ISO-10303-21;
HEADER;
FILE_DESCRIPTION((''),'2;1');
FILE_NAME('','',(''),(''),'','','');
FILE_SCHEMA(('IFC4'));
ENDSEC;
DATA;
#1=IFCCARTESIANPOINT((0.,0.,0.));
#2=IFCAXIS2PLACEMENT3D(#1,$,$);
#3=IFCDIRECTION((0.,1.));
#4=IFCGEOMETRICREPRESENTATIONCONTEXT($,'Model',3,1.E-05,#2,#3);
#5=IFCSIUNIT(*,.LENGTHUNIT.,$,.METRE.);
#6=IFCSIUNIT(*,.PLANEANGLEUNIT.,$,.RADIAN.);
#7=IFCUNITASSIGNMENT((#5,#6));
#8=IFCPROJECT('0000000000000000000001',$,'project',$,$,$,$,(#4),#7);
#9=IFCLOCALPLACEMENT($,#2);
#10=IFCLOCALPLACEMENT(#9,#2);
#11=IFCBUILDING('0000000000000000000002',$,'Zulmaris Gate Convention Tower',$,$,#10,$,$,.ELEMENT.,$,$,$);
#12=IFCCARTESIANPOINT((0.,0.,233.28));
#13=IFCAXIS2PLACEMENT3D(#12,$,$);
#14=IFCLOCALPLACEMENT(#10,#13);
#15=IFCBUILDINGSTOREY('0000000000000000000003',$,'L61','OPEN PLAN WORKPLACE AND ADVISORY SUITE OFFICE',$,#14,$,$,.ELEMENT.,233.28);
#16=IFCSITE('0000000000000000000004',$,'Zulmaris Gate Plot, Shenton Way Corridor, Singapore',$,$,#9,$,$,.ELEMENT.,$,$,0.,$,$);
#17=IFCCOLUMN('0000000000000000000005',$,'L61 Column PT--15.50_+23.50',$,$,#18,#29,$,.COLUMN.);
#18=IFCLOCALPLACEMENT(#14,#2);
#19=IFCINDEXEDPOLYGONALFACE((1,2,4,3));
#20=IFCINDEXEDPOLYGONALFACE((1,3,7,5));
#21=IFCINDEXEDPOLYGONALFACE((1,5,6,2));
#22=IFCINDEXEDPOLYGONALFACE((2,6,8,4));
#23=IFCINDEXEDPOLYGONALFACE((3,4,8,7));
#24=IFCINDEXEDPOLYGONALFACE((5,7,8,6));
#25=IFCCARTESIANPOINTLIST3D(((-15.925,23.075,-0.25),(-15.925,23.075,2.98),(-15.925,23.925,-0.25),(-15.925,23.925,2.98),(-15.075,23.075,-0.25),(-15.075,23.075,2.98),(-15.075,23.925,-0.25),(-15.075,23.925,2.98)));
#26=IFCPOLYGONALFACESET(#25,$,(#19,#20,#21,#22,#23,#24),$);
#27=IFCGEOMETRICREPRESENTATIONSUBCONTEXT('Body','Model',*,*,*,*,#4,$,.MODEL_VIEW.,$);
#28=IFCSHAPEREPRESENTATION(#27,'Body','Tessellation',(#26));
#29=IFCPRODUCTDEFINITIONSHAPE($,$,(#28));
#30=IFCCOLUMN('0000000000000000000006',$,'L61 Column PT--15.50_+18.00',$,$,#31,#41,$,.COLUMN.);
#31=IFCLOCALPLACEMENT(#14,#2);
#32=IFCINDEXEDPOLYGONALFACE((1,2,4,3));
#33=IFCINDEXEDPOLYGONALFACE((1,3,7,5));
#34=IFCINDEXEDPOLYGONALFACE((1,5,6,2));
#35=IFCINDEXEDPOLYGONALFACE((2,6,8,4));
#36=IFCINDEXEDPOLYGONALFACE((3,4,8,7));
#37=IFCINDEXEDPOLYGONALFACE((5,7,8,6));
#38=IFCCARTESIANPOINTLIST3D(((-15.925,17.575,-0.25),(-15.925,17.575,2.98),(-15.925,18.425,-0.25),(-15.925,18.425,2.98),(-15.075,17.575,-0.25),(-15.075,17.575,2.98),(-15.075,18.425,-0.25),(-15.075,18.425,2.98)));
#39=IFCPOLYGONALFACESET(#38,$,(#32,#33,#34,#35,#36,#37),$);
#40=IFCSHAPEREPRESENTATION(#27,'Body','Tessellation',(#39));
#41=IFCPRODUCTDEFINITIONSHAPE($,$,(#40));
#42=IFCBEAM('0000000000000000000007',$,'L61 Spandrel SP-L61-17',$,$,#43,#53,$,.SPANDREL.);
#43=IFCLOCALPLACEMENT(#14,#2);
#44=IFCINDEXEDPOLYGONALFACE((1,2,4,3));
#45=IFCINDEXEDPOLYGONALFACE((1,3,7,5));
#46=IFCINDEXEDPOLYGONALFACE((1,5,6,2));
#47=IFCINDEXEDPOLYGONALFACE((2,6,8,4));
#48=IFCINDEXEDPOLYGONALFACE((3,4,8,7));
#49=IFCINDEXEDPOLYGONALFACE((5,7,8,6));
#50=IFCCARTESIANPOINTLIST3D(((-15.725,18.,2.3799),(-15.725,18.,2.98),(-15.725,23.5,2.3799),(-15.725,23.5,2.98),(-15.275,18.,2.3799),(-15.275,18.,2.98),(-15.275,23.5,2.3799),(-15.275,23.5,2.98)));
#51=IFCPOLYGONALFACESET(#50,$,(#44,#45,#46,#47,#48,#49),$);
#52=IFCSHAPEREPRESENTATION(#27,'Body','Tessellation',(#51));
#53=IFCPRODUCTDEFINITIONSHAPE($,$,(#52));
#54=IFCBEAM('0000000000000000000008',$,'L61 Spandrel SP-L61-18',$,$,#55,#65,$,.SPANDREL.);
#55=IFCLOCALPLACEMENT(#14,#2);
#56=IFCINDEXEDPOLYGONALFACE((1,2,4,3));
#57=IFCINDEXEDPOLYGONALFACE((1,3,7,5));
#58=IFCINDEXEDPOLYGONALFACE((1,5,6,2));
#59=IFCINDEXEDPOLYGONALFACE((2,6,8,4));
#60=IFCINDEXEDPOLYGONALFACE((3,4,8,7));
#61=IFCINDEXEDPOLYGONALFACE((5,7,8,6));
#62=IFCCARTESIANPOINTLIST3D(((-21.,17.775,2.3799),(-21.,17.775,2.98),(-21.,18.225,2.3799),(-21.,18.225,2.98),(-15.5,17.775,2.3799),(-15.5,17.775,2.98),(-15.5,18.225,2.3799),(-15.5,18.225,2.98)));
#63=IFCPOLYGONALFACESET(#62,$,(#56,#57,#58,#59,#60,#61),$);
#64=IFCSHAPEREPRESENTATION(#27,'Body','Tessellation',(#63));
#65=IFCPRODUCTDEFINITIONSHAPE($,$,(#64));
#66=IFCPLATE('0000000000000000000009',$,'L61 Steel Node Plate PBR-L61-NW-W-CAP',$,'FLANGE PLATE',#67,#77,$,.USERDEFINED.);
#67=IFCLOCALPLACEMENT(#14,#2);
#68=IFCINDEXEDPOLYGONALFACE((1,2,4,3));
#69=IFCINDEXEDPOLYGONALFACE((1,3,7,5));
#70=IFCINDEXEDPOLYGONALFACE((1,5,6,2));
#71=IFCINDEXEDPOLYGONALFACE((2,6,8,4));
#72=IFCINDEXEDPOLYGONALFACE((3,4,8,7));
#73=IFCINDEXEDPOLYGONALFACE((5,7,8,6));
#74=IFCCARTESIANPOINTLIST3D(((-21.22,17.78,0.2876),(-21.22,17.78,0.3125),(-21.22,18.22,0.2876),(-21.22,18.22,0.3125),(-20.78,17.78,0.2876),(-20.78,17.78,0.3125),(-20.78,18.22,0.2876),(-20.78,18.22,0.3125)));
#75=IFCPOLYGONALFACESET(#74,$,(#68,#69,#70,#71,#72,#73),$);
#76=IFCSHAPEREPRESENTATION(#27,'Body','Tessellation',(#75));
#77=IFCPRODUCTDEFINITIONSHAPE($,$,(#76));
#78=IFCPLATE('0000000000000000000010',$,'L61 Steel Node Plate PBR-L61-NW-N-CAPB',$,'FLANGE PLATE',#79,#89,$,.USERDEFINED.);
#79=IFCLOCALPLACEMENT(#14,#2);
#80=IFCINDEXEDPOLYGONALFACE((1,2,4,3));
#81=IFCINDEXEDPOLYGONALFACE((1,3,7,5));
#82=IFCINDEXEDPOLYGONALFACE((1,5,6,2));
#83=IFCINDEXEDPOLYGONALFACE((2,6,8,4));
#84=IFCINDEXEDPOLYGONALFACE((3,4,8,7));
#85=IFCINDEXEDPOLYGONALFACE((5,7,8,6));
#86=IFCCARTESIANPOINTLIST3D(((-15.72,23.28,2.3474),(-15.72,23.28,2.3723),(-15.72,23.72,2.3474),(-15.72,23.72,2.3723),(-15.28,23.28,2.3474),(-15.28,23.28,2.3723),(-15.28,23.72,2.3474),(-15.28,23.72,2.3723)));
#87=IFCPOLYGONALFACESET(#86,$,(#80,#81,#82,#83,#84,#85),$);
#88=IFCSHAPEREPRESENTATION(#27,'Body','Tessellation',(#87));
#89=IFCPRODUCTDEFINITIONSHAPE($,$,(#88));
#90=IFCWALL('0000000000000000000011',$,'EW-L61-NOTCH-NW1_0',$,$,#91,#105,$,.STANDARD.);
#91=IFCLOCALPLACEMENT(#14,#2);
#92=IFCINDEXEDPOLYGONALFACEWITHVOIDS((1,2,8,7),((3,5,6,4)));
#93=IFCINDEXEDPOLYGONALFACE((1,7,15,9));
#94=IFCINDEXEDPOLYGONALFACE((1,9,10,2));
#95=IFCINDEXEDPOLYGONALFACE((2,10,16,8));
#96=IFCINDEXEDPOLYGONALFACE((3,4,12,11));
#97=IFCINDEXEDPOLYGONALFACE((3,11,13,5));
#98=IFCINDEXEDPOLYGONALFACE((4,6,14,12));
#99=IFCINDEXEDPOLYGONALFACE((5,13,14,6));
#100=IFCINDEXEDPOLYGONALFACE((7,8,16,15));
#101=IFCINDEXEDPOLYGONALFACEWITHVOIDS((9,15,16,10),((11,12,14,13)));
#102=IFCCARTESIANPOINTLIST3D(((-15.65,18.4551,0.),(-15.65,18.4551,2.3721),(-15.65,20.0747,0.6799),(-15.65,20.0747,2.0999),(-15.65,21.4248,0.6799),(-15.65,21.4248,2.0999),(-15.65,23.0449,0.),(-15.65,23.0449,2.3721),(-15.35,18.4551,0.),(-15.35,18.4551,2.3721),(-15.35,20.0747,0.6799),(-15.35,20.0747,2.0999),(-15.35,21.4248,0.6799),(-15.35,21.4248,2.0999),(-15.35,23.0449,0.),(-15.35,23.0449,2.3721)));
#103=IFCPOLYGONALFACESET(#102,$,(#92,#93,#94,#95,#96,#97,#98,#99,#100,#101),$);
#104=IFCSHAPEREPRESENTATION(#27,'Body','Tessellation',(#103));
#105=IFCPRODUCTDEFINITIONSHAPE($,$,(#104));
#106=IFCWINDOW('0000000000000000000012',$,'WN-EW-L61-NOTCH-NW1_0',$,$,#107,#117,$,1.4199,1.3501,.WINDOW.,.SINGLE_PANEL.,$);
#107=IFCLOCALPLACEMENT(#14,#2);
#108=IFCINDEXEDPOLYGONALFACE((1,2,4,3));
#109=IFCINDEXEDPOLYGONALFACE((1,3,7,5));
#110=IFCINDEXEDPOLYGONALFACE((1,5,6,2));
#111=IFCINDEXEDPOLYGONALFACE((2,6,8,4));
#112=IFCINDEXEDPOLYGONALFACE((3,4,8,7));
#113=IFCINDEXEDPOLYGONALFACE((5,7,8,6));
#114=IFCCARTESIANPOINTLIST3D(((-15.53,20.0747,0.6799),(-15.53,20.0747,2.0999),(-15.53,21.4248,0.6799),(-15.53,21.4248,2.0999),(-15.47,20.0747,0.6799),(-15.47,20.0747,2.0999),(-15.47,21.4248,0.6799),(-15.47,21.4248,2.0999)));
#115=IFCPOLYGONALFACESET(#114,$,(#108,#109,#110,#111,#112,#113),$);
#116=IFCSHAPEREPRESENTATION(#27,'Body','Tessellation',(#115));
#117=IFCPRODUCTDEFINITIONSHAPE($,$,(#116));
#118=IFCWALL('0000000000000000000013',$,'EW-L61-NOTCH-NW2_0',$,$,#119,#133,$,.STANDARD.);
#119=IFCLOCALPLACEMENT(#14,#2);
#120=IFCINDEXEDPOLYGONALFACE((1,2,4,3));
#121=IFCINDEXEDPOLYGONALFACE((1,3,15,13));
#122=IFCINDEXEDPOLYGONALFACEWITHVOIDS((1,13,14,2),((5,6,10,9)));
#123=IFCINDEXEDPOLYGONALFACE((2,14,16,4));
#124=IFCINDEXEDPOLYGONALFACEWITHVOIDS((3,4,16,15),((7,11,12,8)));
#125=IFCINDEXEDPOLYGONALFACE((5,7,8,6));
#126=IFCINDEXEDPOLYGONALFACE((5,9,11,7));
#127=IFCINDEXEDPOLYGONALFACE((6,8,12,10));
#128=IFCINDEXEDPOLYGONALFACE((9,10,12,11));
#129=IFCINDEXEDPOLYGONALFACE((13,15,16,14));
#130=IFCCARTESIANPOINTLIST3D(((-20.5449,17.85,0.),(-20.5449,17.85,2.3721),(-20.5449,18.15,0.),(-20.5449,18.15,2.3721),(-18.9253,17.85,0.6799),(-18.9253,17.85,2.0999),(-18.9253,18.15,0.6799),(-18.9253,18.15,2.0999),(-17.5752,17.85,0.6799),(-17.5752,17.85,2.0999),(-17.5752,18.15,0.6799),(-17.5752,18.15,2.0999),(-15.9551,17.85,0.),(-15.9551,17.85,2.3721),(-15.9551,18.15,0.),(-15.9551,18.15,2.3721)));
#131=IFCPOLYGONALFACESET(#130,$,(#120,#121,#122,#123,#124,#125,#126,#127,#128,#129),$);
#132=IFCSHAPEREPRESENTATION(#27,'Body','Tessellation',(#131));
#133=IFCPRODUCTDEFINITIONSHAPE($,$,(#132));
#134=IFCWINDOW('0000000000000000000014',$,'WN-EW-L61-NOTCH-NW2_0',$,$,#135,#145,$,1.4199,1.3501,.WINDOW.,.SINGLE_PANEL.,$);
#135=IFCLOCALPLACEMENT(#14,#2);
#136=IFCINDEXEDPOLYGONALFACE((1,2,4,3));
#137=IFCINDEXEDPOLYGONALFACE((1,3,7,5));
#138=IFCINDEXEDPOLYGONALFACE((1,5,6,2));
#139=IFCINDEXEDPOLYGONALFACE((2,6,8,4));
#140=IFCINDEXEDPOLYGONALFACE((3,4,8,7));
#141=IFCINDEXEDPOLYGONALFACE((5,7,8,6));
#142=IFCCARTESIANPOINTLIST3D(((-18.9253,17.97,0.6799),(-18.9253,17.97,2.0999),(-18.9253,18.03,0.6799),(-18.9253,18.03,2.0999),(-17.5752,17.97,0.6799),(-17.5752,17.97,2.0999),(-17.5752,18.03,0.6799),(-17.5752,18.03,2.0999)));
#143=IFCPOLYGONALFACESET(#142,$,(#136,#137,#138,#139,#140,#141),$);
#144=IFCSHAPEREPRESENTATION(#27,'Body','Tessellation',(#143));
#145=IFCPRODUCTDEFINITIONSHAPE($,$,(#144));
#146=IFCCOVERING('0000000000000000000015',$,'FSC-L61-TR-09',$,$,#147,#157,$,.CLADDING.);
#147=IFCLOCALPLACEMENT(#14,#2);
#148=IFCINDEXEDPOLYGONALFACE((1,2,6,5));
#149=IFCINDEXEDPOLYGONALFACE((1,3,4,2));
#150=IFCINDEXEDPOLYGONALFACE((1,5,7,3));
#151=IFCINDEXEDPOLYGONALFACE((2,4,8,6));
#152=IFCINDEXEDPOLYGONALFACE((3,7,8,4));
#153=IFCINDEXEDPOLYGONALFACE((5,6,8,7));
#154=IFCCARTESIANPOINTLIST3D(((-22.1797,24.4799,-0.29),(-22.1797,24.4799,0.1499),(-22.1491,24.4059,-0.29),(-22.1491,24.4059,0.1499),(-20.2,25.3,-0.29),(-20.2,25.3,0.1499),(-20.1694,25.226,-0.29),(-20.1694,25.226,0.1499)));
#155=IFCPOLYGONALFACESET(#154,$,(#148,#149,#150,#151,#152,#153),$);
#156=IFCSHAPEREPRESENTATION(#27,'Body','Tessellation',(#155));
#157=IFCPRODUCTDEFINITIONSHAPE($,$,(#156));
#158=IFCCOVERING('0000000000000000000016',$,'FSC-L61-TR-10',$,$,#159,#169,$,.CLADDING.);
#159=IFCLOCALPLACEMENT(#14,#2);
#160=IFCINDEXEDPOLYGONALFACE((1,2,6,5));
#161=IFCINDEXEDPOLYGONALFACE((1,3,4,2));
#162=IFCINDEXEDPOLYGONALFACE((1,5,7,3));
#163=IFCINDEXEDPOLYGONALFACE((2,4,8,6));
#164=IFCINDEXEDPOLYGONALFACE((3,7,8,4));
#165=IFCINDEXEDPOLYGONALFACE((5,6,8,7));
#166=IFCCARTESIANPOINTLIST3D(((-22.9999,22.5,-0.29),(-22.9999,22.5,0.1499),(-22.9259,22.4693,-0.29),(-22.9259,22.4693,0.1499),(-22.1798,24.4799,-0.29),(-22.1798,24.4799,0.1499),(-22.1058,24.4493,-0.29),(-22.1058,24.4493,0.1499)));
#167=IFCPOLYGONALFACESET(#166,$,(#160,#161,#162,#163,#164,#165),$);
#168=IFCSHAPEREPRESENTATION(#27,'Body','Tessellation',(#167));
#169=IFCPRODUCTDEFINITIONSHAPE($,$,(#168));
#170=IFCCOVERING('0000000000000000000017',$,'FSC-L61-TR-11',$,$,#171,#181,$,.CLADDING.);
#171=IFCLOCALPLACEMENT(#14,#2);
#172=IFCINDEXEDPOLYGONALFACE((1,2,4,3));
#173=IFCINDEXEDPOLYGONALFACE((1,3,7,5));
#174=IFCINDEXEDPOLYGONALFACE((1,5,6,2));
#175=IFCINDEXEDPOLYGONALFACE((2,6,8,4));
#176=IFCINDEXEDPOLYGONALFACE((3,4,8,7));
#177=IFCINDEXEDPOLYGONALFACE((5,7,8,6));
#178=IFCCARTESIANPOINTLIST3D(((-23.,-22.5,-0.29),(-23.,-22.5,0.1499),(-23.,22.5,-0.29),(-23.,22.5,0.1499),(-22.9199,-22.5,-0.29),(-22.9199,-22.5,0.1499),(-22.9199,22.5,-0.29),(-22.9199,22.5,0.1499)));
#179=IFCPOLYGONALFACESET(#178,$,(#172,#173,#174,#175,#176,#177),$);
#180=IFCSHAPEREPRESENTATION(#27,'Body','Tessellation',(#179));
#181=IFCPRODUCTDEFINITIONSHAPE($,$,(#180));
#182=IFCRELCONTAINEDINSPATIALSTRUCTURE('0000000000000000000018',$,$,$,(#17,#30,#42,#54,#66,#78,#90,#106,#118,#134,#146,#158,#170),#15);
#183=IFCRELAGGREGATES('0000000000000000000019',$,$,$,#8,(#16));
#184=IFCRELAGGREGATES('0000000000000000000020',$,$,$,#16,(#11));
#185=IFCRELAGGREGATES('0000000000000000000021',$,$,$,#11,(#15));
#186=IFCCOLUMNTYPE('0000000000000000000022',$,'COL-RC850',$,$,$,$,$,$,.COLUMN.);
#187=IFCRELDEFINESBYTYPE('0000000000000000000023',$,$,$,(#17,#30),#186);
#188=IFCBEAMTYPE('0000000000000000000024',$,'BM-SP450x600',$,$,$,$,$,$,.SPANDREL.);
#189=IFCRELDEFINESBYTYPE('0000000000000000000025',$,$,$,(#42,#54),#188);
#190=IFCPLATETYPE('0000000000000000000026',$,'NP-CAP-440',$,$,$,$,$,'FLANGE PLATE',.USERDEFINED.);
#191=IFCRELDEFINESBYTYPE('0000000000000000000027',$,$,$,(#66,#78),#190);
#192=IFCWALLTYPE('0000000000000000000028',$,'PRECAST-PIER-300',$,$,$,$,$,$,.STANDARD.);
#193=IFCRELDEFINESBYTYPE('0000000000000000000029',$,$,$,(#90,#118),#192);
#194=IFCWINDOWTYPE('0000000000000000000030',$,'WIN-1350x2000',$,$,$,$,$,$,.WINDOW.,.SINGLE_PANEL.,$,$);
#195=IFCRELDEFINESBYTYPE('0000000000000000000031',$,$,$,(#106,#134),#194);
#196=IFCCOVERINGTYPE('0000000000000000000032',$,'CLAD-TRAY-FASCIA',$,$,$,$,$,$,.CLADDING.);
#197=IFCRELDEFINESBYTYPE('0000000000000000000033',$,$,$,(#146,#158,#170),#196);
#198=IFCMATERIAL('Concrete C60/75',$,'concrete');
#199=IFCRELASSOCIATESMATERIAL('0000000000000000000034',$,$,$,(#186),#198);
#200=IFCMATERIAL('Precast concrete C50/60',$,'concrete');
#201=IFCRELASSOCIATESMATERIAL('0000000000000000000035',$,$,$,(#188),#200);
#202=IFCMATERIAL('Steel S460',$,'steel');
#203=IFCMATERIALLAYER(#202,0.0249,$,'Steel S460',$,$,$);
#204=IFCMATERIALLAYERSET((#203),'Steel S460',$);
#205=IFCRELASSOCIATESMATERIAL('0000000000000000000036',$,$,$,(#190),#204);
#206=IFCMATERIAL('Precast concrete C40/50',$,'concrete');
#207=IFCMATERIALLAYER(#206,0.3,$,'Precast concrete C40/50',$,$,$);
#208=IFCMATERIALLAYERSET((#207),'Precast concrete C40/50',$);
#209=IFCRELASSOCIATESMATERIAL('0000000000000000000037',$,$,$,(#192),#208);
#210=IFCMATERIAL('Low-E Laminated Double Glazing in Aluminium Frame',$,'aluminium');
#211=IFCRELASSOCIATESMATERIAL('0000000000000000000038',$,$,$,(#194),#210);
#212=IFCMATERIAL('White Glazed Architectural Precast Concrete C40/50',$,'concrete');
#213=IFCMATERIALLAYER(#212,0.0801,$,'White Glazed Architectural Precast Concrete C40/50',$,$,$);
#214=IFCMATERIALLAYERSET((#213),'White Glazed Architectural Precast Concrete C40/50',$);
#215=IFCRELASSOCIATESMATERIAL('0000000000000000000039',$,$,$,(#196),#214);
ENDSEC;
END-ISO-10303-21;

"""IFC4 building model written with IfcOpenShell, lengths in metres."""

from ifc_helpers import new_model, si_unit, direction, frame, frame_2d, origin, origin_2d, place, context, subcontext, project, spatial, rectangle, extrude, material, layer, layer_set, material_profile, profile_set, type_object, element, fill, save


model = new_model("IFC4")

# Units and contexts
model_context = context("Model", 3, precision=1e-05, world=origin(), true_north=direction((0.0, 1.0)))
body_context = subcontext(model_context, "Body", "Model", "MODEL_VIEW")
ifc_project = project(units=[si_unit("LENGTHUNIT", "METRE"), si_unit("PLANEANGLEUNIT", "RADIAN")], contexts=[model_context])

# Site, building, storey
site_placement = place(None, origin())
site = spatial("IfcSite", under=ifc_project, at=site_placement, Name="Zulmaris Gate Plot, Shenton Way Corridor, Singapore", CompositionType="ELEMENT", RefElevation=0.0)
building_placement = place(site_placement, origin())
building = spatial("IfcBuilding", under=site, at=building_placement, Name="Zulmaris Gate Convention Tower", CompositionType="ELEMENT")
storey_placement = place(building_placement, frame((0.0, 0.0, 233.28)))
storey = spatial("IfcBuildingStorey", under=building, at=storey_placement, Name="L61", Description="OPEN PLAN WORKPLACE AND ADVISORY SUITE OFFICE", CompositionType="ELEMENT", Elevation=233.28)

# Columns
ifc_material_1 = material(Name="Concrete C60/75", Category="concrete")
ifc_material_profile_1 = material_profile(ifc_material_1, rectangle(XDim=0.8501, YDim=0.8501, at=origin_2d()), Name="RC COL 850x850")
ifc_profile_set_1 = profile_set([ifc_material_profile_1], Name="Concrete C60/75")
column_type = type_object("IfcColumnType", Name="COL-RC850", PredefinedType="COLUMN", material=ifc_profile_set_1)
for number, where, z_axis, x_axis, name in (
    (1, (-15.5, 23.5, -0.25), (0.0, 0.0, 1.0), (1.0, 0.0, 0.0), "L61 Column PT--15.50_+23.50"),
    (2, (-15.5, 18.0, -0.25), (0.0, 0.0, 1.0), (1.0, 0.0, 0.0), "L61 Column PT--15.50_+18.00"),
):
    element("IfcColumn", number, at=place(storey_placement, frame(where, z_axis=z_axis, x_axis=x_axis)), inside=storey, type_object=column_type, Name=name, PredefinedType="COLUMN", context=body_context, shape_type="SweptSolid", body=[
        extrude(rectangle(XDim=0.8501, YDim=0.8501, at=origin_2d()), origin(), (0.0, 0.0, 1.0), 3.23),
    ])

# Beams
ifc_material_2 = material(Name="Precast concrete C50/60", Category="concrete")
ifc_material_profile_2 = material_profile(ifc_material_2, rectangle(XDim=0.45, YDim=0.6001, at=origin_2d()), Name="RC SPANDREL 450x600")
ifc_profile_set_2 = profile_set([ifc_material_profile_2], Name="Precast concrete C50/60")
beam_type = type_object("IfcBeamType", Name="BM-SP450x600", PredefinedType="SPANDREL", material=ifc_profile_set_2)
for number, where, z_axis, x_axis, name in (
    (3, (-15.5, 23.5, 2.6799), (0.0, -1.0, 0.0), (1.0, 0.0, 0.0), "L61 Spandrel SP-L61-17"),
    (4, (-15.5, 18.0, 2.6799), (-1.0, 0.0, 0.0), (0.0, -1.0, 0.0), "L61 Spandrel SP-L61-18"),
):
    element("IfcBeam", number, at=place(storey_placement, frame(where, z_axis=z_axis, x_axis=x_axis)), inside=storey, type_object=beam_type, Name=name, PredefinedType="SPANDREL", context=body_context, shape_type="SweptSolid", body=[
        extrude(rectangle(XDim=0.45, YDim=0.6001, at=origin_2d()), origin(), (0.0, 0.0, 1.0), 5.5),
    ])

# Plates
ifc_material_3 = material(Name="Steel S460", Category="steel")
ifc_layer_1 = layer(ifc_material_3, 0.0249, Name="Steel S460")
ifc_layer_set_1 = layer_set([ifc_layer_1], Name="Steel S460")
plate_type = type_object("IfcPlateType", Name="NP-CAP-440", ElementType="FLANGE PLATE", PredefinedType="USERDEFINED", material=ifc_layer_set_1)
for number, where, z_axis, x_axis, name in (
    (5, (-21.0, 18.0, 0.2876), (0.0, 0.0, 1.0), (1.0, 0.0, 0.0), "L61 Steel Node Plate PBR-L61-NW-W-CAP"),
    (6, (-15.5, 23.5, 2.3474), (0.0, 0.0, 1.0), (1.0, 0.0, 0.0), "L61 Steel Node Plate PBR-L61-NW-N-CAPB"),
):
    element("IfcPlate", number, at=place(storey_placement, frame(where, z_axis=z_axis, x_axis=x_axis)), inside=storey, type_object=plate_type, Name=name, ObjectType="FLANGE PLATE", PredefinedType="USERDEFINED", context=body_context, shape_type="SweptSolid", body=[
        extrude(rectangle(XDim=0.4399, YDim=0.4399, at=origin_2d()), origin(), (0.0, 0.0, 1.0), 0.0249),
    ])

# Walls, openings, windows
ifc_material_4 = material(Name="Precast concrete C40/50", Category="concrete")
ifc_layer_2 = layer(ifc_material_4, 0.3, Name="Precast concrete C40/50")
ifc_layer_set_2 = layer_set([ifc_layer_2], Name="Precast concrete C40/50")
wall_type = type_object("IfcWallType", Name="PRECAST-PIER-300", PredefinedType="STANDARD", material=ifc_layer_set_2)
wall_1_placement = place(storey_placement, frame((-15.5, 23.0449, 0.0), z_axis=(0.0, 0.0, 1.0), x_axis=(0.0, -1.0, 0.0)))
wall_1 = element("IfcWall", 7, at=wall_1_placement, inside=storey, type_object=wall_type, Name="EW-L61-NOTCH-NW1_0", PredefinedType="STANDARD", context=body_context, shape_type="SweptSolid", body=[
    extrude(rectangle(XDim=4.5898, YDim=0.3, at=frame_2d((2.2949, 0.0))), origin(), (0.0, 0.0, 1.0), 2.3721),
])
opening_1_placement = place(wall_1_placement, frame((1.6201, 0.0, 0.6799)))
opening_1 = element("IfcOpeningElement", 8, at=opening_1_placement, cuts=wall_1, PredefinedType="OPENING", context=body_context, shape_type="SweptSolid", body=[
    extrude(rectangle(XDim=1.3501, YDim=1.4199, at=frame_2d((0.675, 0.71))), frame((0.0, 0.1602, 0.0), z_axis=(0.0, -1.0, 0.0), x_axis=(1.0, 0.0, 0.0)), (0.0, 0.0, 1.0), 0.3201),
])
ifc_material_5 = material(Name="Low-E Laminated Double Glazing in Aluminium Frame", Category="aluminium")
window_type = type_object("IfcWindowType", Name="WIN-1350x2000", PartitioningType="SINGLE_PANEL", PredefinedType="WINDOW", material=ifc_material_5)
window_1_placement = place(opening_1_placement, origin())
window_1 = element("IfcWindow", 9, at=window_1_placement, inside=storey, type_object=window_type, Name="WN-EW-L61-NOTCH-NW1_0", OverallHeight=1.4199, OverallWidth=1.3501, PartitioningType="SINGLE_PANEL", PredefinedType="WINDOW", context=body_context, shape_type="SweptSolid", body=[
    extrude(rectangle(XDim=1.3501, YDim=1.4199, at=frame_2d((0.675, 0.71))), frame((0.0, 0.03, 0.0), z_axis=(0.0, -1.0, 0.0), x_axis=(1.0, 0.0, 0.0)), (0.0, 0.0, 1.0), 0.0601),
])
fill(opening_1, window_1)
wall_2_placement = place(storey_placement, frame((-15.9551, 18.0, 0.0), z_axis=(0.0, 0.0, 1.0), x_axis=(-1.0, 0.0, 0.0)))
wall_2 = element("IfcWall", 10, at=wall_2_placement, inside=storey, type_object=wall_type, Name="EW-L61-NOTCH-NW2_0", PredefinedType="STANDARD", context=body_context, shape_type="SweptSolid", body=[
    extrude(rectangle(XDim=4.5898, YDim=0.3, at=frame_2d((2.2949, 0.0))), origin(), (0.0, 0.0, 1.0), 2.3721),
])
opening_2_placement = place(wall_2_placement, frame((1.6201, 0.0, 0.6799)))
opening_2 = element("IfcOpeningElement", 11, at=opening_2_placement, cuts=wall_2, PredefinedType="OPENING", context=body_context, shape_type="SweptSolid", body=[
    extrude(rectangle(XDim=1.3501, YDim=1.4199, at=frame_2d((0.675, 0.71))), frame((0.0, 0.1602, 0.0), z_axis=(0.0, -1.0, 0.0), x_axis=(1.0, 0.0, 0.0)), (0.0, 0.0, 1.0), 0.3201),
])
window_2_placement = place(opening_2_placement, origin())
window_2 = element("IfcWindow", 12, at=window_2_placement, inside=storey, type_object=window_type, Name="WN-EW-L61-NOTCH-NW2_0", OverallHeight=1.4199, OverallWidth=1.3501, PartitioningType="SINGLE_PANEL", PredefinedType="WINDOW", context=body_context, shape_type="SweptSolid", body=[
    extrude(rectangle(XDim=1.3501, YDim=1.4199, at=frame_2d((0.675, 0.71))), frame((0.0, 0.03, 0.0), z_axis=(0.0, -1.0, 0.0), x_axis=(1.0, 0.0, 0.0)), (0.0, 0.0, 1.0), 0.0601),
])
fill(opening_2, window_2)

# Coverings
ifc_material_6 = material(Name="White Glazed Architectural Precast Concrete C40/50", Category="concrete")
ifc_layer_3 = layer(ifc_material_6, 0.0801, Name="White Glazed Architectural Precast Concrete C40/50")
ifc_layer_set_3 = layer_set([ifc_layer_3], Name="White Glazed Architectural Precast Concrete C40/50")
covering_type = type_object("IfcCoveringType", Name="CLAD-TRAY-FASCIA", PredefinedType="CLADDING", material=ifc_layer_set_3)
covering_1_placement = place(storey_placement, frame((-20.1848, 25.2629, -0.29), z_axis=(0.0, 0.0, 1.0), x_axis=(-0.923874, -0.382697, 0.0)))
element("IfcCovering", 13, at=covering_1_placement, inside=storey, type_object=covering_type, Name="FSC-L61-TR-09", PredefinedType="CLADDING", context=body_context, shape_type="SweptSolid", body=[
    extrude(rectangle(XDim=2.1428, YDim=0.0801, at=frame_2d((1.0713, 0.0))), origin(), (0.0, 0.0, 1.0), 0.4399),
])
covering_2_placement = place(storey_placement, frame((-22.1428, 24.4646, -0.29), z_axis=(0.0, 0.0, 1.0), x_axis=(-0.382657, -0.92389, 0.0)))
element("IfcCovering", 14, at=covering_2_placement, inside=storey, type_object=covering_type, Name="FSC-L61-TR-10", PredefinedType="CLADDING", context=body_context, shape_type="SweptSolid", body=[
    extrude(rectangle(XDim=2.1431, YDim=0.0801, at=frame_2d((1.0715, 0.0))), origin(), (0.0, 0.0, 1.0), 0.4399),
])
covering_3_placement = place(storey_placement, frame((-22.96, 22.5, -0.29), z_axis=(0.0, 0.0, 1.0), x_axis=(0.0, -1.0, 0.0)))
element("IfcCovering", 15, at=covering_3_placement, inside=storey, type_object=covering_type, Name="FSC-L61-TR-11", PredefinedType="CLADDING", context=body_context, shape_type="SweptSolid", body=[
    extrude(rectangle(XDim=45.0, YDim=0.0801, at=frame_2d((22.5, 0.0))), origin(), (0.0, 0.0, 1.0), 0.4399),
])

save(model, "model.ifc")
